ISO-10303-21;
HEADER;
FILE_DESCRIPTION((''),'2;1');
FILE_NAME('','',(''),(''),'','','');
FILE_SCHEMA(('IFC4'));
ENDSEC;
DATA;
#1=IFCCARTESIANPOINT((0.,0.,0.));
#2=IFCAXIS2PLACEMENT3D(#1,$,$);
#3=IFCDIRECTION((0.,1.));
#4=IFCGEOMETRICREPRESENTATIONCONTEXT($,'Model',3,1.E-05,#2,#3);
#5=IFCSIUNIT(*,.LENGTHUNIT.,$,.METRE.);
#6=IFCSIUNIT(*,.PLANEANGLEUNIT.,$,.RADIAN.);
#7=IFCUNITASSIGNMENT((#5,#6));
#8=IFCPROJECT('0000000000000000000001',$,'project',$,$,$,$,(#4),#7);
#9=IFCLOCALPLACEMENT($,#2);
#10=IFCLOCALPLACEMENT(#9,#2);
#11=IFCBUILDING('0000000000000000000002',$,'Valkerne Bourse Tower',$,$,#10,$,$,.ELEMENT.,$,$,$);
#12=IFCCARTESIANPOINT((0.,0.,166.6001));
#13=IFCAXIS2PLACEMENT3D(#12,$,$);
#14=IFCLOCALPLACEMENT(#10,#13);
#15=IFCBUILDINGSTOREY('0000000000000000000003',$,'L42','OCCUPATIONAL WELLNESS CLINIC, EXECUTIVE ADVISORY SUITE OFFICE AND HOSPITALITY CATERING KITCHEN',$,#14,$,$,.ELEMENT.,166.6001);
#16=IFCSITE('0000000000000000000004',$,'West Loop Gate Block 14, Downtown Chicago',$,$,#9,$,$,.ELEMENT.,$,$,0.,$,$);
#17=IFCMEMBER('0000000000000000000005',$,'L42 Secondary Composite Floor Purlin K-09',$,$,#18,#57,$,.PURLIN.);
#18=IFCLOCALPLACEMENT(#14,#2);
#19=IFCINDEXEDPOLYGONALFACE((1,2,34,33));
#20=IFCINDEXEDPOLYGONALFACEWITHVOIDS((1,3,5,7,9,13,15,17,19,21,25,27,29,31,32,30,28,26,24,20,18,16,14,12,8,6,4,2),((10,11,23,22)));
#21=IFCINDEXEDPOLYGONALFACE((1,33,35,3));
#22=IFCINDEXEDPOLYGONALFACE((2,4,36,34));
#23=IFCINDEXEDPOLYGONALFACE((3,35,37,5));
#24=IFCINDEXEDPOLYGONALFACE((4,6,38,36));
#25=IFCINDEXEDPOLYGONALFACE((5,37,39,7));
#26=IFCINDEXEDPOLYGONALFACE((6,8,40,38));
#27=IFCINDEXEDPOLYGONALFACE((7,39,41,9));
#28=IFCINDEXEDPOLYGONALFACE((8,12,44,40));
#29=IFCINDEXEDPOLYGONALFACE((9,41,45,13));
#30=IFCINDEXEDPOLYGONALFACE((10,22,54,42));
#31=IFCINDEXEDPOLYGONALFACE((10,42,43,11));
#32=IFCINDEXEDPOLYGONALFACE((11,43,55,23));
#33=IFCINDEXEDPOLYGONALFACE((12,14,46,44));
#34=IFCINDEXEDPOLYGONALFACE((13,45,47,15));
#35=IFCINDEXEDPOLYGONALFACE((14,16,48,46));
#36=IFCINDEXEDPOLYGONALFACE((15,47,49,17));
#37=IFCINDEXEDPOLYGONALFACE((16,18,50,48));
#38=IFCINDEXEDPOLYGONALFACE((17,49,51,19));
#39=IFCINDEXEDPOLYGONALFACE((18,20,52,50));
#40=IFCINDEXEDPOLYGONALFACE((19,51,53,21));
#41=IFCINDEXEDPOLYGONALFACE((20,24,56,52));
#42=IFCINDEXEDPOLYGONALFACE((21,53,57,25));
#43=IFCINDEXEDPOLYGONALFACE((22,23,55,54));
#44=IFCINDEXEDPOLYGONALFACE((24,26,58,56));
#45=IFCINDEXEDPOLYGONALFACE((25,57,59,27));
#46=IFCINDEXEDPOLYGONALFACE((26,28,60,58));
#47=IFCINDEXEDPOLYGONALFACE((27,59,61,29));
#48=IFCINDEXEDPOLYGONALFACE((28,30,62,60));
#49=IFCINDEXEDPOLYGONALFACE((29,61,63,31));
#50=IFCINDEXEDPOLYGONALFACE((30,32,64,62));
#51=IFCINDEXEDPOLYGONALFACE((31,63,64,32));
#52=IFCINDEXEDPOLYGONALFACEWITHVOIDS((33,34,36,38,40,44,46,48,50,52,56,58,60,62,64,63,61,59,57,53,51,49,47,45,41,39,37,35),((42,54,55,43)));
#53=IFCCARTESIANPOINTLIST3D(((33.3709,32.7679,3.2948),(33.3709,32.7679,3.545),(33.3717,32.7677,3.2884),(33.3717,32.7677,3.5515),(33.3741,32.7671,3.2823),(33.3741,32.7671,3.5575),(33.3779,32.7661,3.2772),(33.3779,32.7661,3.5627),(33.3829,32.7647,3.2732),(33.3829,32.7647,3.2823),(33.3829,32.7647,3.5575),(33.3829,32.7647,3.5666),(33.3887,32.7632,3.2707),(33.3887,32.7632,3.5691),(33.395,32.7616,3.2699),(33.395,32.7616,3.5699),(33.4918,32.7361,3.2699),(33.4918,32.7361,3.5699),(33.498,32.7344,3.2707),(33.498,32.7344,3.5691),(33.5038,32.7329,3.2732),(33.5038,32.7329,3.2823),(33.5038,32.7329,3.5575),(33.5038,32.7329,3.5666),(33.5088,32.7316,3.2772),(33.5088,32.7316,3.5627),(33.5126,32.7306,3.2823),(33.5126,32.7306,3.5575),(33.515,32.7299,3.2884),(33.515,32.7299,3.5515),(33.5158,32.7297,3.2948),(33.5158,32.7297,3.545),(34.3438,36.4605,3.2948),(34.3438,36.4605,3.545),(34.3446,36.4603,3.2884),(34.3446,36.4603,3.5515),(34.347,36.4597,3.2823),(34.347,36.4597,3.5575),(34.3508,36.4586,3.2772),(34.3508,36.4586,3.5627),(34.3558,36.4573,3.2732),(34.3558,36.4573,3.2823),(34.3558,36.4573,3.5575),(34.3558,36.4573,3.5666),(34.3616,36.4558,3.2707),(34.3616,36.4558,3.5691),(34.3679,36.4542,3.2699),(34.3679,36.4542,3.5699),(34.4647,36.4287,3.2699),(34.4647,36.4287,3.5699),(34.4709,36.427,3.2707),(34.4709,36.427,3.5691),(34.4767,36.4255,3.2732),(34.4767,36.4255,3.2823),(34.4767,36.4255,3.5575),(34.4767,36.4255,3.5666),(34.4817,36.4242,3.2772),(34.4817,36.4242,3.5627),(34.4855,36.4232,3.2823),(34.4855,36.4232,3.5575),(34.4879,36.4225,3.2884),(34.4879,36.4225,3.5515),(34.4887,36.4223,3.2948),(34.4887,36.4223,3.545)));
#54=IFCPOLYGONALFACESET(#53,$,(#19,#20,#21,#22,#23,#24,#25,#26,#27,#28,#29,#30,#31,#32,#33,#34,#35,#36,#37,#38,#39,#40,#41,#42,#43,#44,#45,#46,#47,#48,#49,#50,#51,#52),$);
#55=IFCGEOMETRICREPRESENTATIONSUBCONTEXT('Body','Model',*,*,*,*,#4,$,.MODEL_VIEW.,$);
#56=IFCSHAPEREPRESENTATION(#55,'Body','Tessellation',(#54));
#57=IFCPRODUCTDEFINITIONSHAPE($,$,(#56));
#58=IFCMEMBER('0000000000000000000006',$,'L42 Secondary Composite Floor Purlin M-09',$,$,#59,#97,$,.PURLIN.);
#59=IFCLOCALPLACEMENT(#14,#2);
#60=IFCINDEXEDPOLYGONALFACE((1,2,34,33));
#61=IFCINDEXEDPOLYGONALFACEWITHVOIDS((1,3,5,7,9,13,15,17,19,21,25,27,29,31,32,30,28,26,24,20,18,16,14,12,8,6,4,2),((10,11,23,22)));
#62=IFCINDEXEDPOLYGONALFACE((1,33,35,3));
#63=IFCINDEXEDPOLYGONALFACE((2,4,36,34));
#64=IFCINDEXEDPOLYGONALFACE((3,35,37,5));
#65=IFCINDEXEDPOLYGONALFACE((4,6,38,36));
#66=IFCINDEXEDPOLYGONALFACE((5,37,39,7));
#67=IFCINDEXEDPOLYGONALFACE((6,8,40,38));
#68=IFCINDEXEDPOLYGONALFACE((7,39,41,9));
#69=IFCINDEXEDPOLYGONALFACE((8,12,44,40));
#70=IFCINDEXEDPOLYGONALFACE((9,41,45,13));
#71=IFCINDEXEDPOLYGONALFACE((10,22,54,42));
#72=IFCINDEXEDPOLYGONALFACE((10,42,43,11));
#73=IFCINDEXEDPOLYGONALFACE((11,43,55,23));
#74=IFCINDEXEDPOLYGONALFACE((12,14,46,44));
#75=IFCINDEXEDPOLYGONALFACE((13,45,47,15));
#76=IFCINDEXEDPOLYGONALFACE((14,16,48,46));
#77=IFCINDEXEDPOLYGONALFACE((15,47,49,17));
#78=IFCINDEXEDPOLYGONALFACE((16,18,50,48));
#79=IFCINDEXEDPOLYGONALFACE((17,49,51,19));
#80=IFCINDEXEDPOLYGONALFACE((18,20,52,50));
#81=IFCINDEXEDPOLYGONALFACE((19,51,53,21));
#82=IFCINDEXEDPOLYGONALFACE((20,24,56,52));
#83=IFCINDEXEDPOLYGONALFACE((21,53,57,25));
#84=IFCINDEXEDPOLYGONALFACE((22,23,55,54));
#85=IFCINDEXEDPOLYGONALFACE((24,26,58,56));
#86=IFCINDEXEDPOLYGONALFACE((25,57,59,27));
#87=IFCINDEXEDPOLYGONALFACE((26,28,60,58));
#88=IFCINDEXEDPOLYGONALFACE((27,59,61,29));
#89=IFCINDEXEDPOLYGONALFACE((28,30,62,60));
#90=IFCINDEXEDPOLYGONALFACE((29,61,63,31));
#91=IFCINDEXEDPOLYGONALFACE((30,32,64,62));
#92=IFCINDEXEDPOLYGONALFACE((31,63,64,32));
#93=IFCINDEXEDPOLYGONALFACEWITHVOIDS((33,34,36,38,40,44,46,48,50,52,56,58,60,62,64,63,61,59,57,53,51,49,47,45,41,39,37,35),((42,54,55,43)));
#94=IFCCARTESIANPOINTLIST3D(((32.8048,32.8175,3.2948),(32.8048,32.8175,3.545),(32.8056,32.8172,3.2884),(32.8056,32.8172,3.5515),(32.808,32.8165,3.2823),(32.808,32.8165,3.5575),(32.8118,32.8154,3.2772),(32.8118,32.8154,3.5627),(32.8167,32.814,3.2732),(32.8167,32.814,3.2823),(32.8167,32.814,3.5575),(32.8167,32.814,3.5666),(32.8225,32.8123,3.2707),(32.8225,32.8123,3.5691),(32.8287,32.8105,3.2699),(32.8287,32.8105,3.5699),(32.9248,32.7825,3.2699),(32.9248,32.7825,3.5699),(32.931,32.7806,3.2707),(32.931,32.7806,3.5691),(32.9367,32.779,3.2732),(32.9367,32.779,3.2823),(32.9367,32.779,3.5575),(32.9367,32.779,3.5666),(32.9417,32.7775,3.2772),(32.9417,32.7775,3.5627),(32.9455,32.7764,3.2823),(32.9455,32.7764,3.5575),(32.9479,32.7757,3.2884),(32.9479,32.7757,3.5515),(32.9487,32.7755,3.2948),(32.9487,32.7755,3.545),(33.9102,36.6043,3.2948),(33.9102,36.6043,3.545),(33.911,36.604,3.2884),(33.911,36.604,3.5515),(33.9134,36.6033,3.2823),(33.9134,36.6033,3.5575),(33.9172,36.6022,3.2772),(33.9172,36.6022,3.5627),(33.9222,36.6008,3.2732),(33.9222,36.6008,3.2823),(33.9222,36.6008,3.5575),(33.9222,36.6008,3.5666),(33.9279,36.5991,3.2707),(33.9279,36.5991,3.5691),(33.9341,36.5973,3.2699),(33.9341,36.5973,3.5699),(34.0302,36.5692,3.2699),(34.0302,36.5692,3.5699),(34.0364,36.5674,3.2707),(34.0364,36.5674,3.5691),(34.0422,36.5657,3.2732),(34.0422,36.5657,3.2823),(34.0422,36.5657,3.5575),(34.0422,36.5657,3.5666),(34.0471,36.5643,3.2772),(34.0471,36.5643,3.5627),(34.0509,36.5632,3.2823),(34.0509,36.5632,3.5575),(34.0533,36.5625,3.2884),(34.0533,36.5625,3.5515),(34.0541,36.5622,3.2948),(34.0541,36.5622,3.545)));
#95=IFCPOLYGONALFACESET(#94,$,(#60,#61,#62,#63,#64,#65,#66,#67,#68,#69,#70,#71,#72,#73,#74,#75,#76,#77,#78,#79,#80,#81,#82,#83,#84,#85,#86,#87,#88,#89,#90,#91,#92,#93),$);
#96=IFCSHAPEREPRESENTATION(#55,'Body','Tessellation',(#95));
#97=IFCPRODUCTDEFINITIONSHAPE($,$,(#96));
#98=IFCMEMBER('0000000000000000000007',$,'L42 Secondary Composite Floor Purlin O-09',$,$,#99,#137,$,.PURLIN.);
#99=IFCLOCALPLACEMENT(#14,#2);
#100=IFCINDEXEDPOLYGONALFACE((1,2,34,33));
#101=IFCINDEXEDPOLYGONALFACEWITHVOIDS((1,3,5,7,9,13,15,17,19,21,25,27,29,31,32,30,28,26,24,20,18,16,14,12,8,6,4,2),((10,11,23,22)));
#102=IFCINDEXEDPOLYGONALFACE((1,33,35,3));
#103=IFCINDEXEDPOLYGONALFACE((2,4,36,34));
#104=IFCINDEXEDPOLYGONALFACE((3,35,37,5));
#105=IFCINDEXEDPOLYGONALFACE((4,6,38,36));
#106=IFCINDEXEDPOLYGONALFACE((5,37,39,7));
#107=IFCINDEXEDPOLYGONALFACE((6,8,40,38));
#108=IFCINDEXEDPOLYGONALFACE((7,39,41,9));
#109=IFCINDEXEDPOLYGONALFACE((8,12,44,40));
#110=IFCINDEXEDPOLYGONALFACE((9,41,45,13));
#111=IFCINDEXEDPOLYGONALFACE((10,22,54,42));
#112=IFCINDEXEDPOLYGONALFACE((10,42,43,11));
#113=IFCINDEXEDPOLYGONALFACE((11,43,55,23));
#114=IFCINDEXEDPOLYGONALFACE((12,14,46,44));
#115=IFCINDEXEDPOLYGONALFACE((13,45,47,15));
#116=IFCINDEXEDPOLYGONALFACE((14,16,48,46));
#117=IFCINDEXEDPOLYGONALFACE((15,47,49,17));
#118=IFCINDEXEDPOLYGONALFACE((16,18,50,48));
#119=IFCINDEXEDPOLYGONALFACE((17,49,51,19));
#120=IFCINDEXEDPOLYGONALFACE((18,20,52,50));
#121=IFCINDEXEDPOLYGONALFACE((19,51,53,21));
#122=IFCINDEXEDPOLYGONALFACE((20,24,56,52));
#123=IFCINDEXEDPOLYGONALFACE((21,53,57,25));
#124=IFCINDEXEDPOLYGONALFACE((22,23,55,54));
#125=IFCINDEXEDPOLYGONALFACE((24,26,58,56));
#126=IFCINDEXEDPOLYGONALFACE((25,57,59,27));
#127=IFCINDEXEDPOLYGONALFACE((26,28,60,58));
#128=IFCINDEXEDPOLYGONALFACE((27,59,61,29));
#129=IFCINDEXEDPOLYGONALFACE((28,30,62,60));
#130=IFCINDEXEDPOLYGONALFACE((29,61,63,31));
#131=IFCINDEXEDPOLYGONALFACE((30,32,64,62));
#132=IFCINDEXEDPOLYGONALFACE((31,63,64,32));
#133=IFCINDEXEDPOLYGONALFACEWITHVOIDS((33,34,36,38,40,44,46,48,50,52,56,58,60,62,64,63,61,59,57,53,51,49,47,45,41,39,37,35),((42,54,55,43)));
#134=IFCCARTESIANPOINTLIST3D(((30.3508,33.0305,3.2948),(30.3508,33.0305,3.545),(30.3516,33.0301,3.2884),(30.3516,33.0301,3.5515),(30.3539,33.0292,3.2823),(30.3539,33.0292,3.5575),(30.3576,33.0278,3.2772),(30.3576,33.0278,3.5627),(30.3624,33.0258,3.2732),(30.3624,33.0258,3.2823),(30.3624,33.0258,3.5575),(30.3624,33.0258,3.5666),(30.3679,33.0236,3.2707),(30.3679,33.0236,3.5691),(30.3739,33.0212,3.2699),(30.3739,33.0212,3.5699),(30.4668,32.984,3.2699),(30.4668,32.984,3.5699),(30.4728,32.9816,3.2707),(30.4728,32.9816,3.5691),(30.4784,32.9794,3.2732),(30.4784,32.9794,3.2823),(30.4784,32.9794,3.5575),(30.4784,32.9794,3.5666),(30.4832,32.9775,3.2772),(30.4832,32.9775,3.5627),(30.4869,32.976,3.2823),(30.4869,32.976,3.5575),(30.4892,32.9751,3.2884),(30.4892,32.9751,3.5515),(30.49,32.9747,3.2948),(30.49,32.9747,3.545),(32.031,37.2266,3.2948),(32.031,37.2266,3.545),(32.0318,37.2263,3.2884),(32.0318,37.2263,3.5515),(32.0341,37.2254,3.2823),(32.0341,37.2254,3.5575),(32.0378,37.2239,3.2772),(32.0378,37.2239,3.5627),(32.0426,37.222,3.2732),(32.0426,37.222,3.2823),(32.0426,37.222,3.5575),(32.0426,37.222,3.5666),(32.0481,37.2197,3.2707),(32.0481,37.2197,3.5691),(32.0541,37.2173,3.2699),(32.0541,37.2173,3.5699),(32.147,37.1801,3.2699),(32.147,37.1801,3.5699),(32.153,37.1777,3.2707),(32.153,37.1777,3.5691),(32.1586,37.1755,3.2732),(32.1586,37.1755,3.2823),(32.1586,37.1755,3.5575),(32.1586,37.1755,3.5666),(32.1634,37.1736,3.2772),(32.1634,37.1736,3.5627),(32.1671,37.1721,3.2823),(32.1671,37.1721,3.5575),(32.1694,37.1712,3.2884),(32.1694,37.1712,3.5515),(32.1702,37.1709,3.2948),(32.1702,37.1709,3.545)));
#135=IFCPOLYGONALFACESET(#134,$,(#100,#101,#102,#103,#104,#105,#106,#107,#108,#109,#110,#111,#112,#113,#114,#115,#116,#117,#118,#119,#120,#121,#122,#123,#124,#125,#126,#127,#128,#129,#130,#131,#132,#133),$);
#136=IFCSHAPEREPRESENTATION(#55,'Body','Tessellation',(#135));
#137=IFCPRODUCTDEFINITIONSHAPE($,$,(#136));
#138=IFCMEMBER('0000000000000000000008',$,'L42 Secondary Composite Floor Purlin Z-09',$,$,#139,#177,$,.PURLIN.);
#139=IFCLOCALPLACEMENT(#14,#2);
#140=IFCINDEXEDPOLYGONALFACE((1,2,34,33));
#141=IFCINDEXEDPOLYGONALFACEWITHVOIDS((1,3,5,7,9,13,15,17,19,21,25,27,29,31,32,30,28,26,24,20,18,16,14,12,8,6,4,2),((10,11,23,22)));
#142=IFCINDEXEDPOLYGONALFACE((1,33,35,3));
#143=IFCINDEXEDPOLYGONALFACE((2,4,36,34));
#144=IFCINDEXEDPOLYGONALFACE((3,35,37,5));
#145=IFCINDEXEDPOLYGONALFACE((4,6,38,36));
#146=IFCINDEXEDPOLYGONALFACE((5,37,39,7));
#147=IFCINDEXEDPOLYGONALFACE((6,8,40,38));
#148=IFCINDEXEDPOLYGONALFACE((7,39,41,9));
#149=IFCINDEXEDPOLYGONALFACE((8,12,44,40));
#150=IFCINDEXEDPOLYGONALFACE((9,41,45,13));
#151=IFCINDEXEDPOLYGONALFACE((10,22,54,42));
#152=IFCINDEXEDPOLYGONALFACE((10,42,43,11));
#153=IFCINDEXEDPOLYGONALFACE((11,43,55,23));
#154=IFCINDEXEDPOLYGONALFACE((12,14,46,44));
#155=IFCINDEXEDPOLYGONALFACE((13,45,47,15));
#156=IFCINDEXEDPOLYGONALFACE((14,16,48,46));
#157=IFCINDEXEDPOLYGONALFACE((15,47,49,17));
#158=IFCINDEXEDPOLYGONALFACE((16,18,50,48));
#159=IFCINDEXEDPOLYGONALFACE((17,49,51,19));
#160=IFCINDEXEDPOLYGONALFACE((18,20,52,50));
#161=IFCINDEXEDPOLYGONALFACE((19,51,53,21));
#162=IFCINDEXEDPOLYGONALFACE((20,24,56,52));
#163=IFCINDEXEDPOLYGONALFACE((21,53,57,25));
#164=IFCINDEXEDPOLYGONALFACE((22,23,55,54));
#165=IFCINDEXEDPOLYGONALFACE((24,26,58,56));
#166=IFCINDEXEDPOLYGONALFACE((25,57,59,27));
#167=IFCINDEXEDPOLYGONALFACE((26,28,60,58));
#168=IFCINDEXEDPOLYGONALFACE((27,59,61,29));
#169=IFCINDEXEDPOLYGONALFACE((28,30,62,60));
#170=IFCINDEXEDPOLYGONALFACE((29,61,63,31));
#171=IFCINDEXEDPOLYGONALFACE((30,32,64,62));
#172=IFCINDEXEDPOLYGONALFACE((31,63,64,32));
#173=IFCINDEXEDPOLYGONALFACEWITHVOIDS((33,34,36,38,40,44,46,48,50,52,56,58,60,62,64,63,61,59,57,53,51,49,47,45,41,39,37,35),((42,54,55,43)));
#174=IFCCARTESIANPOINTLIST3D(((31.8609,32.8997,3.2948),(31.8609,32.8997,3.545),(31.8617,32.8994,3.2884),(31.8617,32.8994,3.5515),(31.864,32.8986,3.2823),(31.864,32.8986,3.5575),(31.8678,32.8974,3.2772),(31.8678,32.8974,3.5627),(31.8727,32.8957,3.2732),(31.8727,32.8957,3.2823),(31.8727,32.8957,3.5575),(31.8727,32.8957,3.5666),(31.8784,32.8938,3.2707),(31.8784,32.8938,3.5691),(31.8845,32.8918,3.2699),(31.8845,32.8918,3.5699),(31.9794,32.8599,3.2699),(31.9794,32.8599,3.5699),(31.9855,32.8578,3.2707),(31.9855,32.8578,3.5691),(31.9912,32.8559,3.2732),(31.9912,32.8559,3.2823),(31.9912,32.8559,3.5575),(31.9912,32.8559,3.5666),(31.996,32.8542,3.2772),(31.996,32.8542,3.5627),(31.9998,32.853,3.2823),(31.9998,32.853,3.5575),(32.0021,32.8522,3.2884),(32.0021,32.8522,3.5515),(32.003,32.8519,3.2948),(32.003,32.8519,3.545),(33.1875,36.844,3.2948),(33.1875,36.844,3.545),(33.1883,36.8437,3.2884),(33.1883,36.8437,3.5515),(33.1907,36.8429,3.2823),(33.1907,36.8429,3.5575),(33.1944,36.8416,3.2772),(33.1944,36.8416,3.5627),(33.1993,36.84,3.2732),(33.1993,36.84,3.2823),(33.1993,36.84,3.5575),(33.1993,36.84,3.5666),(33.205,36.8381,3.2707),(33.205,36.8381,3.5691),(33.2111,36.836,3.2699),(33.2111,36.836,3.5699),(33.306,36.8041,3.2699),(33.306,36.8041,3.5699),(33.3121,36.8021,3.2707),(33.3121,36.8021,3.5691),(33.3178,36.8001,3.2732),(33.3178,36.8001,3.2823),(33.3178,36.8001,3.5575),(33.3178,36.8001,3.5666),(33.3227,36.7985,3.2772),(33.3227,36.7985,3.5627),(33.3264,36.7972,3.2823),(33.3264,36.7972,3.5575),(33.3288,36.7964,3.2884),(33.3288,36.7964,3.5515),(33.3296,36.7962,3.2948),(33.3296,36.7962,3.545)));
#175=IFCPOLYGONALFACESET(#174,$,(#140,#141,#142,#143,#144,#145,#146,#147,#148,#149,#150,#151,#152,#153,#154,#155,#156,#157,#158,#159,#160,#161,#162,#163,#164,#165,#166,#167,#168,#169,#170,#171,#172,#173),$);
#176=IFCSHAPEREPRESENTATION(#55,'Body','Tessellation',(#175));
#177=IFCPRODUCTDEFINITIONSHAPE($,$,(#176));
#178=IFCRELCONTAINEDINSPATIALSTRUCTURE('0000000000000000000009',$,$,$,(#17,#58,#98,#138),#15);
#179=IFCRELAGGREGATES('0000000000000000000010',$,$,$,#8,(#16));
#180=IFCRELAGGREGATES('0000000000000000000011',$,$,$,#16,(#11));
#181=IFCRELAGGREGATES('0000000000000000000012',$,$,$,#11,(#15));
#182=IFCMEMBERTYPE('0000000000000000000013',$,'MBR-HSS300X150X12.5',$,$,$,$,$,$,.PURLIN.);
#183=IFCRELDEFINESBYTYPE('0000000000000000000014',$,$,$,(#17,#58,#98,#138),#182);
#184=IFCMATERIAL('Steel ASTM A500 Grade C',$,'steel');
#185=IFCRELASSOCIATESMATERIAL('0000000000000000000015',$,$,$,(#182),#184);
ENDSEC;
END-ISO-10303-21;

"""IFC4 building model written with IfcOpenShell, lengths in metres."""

from ifc_helpers import new_model, si_unit, direction, frame, origin, origin_2d, place, context, subcontext, project, spatial, hollow_rectangle, extrude, material, material_profile, profile_set, type_object, element, save


model = new_model("IFC4")

# Units and contexts
model_context = context("Model", 3, precision=1e-05, world=origin(), true_north=direction((0.0, 1.0)))
body_context = subcontext(model_context, "Body", "Model", "MODEL_VIEW")
ifc_project = project(units=[si_unit("LENGTHUNIT", "METRE"), si_unit("PLANEANGLEUNIT", "RADIAN")], contexts=[model_context])

# Site, building, storey
site_placement = place(None, origin())
site = spatial("IfcSite", under=ifc_project, at=site_placement, Name="West Loop Gate Block 14, Downtown Chicago", CompositionType="ELEMENT", RefElevation=0.0)
building_placement = place(site_placement, origin())
building = spatial("IfcBuilding", under=site, at=building_placement, Name="Valkerne Bourse Tower", CompositionType="ELEMENT")
storey_placement = place(building_placement, frame((0.0, 0.0, 166.6001)))
storey = spatial("IfcBuildingStorey", under=building, at=storey_placement, Name="L42", Description="OCCUPATIONAL WELLNESS CLINIC, EXECUTIVE ADVISORY SUITE OFFICE AND HOSPITALITY CATERING KITCHEN", CompositionType="ELEMENT", Elevation=166.6001)

# Members
ifc_material_1 = material(Name="Steel ASTM A500 Grade C", Category="steel")
ifc_material_profile_1 = material_profile(ifc_material_1, hollow_rectangle(XDim=0.1499, YDim=0.3, WallThickness=0.0125, OuterFilletRadius=0.0249, at=origin_2d()), Name="HSS300X150X12.5")
ifc_profile_set_1 = profile_set([ifc_material_profile_1], Name="Steel ASTM A500 Grade C")
member_type_1 = type_object("IfcMemberType", Name="MBR-HSS300X150X12.5", PredefinedType="PURLIN", material=ifc_profile_set_1)
member_1_placement = place(storey_placement, frame((34.4163, 36.4414, 3.4199), z_axis=(-0.254777, -0.967, 0.0), x_axis=(0.967, -0.254777, 0.0)))
element("IfcMember", 1, at=member_1_placement, inside=storey, type_object=member_type_1, Name="L42 Secondary Composite Floor Purlin K-09", PredefinedType="PURLIN", context=body_context, shape_type="SweptSolid", body=[
    extrude(hollow_rectangle(XDim=0.1499, YDim=0.3, WallThickness=0.0125, OuterFilletRadius=0.0249, at=origin_2d()), origin(), (0.0, 0.0, 1.0), 3.8186),
])
member_2_placement = place(storey_placement, frame((33.9822, 36.5833, 3.4199), z_axis=(-0.280226, -0.959934, 0.0), x_axis=(0.959934, -0.280226, 0.0)))
element("IfcMember", 2, at=member_2_placement, inside=storey, type_object=member_type_1, Name="L42 Secondary Composite Floor Purlin M-09", PredefinedType="PURLIN", context=body_context, shape_type="SweptSolid", body=[
    extrude(hollow_rectangle(XDim=0.1499, YDim=0.3, WallThickness=0.0125, OuterFilletRadius=0.0249, at=origin_2d()), origin(), (0.0, 0.0, 1.0), 3.9448),
])
member_3_placement = place(storey_placement, frame((32.1006, 37.1987, 3.4199), z_axis=(-0.371726, -0.928343, 0.0), x_axis=(0.928343, -0.371726, 0.0)))
element("IfcMember", 3, at=member_3_placement, inside=storey, type_object=member_type_1, Name="L42 Secondary Composite Floor Purlin O-09", PredefinedType="PURLIN", context=body_context, shape_type="SweptSolid", body=[
    extrude(hollow_rectangle(XDim=0.1499, YDim=0.3, WallThickness=0.0125, OuterFilletRadius=0.0249, at=origin_2d()), origin(), (0.0, 0.0, 1.0), 4.52),
])
member_4_placement = place(storey_placement, frame((33.2585, 36.8201, 3.4199), z_axis=(-0.318796, -0.947823, 0.0), x_axis=(0.947823, -0.318796, 0.0)))
element("IfcMember", 4, at=member_4_placement, inside=storey, type_object=member_type_1, Name="L42 Secondary Composite Floor Purlin Z-09", PredefinedType="PURLIN", context=body_context, shape_type="SweptSolid", body=[
    extrude(hollow_rectangle(XDim=0.1499, YDim=0.3, WallThickness=0.0125, OuterFilletRadius=0.0249, at=origin_2d()), origin(), (0.0, 0.0, 1.0), 4.1614),
])

save(model, "model.ifc")
